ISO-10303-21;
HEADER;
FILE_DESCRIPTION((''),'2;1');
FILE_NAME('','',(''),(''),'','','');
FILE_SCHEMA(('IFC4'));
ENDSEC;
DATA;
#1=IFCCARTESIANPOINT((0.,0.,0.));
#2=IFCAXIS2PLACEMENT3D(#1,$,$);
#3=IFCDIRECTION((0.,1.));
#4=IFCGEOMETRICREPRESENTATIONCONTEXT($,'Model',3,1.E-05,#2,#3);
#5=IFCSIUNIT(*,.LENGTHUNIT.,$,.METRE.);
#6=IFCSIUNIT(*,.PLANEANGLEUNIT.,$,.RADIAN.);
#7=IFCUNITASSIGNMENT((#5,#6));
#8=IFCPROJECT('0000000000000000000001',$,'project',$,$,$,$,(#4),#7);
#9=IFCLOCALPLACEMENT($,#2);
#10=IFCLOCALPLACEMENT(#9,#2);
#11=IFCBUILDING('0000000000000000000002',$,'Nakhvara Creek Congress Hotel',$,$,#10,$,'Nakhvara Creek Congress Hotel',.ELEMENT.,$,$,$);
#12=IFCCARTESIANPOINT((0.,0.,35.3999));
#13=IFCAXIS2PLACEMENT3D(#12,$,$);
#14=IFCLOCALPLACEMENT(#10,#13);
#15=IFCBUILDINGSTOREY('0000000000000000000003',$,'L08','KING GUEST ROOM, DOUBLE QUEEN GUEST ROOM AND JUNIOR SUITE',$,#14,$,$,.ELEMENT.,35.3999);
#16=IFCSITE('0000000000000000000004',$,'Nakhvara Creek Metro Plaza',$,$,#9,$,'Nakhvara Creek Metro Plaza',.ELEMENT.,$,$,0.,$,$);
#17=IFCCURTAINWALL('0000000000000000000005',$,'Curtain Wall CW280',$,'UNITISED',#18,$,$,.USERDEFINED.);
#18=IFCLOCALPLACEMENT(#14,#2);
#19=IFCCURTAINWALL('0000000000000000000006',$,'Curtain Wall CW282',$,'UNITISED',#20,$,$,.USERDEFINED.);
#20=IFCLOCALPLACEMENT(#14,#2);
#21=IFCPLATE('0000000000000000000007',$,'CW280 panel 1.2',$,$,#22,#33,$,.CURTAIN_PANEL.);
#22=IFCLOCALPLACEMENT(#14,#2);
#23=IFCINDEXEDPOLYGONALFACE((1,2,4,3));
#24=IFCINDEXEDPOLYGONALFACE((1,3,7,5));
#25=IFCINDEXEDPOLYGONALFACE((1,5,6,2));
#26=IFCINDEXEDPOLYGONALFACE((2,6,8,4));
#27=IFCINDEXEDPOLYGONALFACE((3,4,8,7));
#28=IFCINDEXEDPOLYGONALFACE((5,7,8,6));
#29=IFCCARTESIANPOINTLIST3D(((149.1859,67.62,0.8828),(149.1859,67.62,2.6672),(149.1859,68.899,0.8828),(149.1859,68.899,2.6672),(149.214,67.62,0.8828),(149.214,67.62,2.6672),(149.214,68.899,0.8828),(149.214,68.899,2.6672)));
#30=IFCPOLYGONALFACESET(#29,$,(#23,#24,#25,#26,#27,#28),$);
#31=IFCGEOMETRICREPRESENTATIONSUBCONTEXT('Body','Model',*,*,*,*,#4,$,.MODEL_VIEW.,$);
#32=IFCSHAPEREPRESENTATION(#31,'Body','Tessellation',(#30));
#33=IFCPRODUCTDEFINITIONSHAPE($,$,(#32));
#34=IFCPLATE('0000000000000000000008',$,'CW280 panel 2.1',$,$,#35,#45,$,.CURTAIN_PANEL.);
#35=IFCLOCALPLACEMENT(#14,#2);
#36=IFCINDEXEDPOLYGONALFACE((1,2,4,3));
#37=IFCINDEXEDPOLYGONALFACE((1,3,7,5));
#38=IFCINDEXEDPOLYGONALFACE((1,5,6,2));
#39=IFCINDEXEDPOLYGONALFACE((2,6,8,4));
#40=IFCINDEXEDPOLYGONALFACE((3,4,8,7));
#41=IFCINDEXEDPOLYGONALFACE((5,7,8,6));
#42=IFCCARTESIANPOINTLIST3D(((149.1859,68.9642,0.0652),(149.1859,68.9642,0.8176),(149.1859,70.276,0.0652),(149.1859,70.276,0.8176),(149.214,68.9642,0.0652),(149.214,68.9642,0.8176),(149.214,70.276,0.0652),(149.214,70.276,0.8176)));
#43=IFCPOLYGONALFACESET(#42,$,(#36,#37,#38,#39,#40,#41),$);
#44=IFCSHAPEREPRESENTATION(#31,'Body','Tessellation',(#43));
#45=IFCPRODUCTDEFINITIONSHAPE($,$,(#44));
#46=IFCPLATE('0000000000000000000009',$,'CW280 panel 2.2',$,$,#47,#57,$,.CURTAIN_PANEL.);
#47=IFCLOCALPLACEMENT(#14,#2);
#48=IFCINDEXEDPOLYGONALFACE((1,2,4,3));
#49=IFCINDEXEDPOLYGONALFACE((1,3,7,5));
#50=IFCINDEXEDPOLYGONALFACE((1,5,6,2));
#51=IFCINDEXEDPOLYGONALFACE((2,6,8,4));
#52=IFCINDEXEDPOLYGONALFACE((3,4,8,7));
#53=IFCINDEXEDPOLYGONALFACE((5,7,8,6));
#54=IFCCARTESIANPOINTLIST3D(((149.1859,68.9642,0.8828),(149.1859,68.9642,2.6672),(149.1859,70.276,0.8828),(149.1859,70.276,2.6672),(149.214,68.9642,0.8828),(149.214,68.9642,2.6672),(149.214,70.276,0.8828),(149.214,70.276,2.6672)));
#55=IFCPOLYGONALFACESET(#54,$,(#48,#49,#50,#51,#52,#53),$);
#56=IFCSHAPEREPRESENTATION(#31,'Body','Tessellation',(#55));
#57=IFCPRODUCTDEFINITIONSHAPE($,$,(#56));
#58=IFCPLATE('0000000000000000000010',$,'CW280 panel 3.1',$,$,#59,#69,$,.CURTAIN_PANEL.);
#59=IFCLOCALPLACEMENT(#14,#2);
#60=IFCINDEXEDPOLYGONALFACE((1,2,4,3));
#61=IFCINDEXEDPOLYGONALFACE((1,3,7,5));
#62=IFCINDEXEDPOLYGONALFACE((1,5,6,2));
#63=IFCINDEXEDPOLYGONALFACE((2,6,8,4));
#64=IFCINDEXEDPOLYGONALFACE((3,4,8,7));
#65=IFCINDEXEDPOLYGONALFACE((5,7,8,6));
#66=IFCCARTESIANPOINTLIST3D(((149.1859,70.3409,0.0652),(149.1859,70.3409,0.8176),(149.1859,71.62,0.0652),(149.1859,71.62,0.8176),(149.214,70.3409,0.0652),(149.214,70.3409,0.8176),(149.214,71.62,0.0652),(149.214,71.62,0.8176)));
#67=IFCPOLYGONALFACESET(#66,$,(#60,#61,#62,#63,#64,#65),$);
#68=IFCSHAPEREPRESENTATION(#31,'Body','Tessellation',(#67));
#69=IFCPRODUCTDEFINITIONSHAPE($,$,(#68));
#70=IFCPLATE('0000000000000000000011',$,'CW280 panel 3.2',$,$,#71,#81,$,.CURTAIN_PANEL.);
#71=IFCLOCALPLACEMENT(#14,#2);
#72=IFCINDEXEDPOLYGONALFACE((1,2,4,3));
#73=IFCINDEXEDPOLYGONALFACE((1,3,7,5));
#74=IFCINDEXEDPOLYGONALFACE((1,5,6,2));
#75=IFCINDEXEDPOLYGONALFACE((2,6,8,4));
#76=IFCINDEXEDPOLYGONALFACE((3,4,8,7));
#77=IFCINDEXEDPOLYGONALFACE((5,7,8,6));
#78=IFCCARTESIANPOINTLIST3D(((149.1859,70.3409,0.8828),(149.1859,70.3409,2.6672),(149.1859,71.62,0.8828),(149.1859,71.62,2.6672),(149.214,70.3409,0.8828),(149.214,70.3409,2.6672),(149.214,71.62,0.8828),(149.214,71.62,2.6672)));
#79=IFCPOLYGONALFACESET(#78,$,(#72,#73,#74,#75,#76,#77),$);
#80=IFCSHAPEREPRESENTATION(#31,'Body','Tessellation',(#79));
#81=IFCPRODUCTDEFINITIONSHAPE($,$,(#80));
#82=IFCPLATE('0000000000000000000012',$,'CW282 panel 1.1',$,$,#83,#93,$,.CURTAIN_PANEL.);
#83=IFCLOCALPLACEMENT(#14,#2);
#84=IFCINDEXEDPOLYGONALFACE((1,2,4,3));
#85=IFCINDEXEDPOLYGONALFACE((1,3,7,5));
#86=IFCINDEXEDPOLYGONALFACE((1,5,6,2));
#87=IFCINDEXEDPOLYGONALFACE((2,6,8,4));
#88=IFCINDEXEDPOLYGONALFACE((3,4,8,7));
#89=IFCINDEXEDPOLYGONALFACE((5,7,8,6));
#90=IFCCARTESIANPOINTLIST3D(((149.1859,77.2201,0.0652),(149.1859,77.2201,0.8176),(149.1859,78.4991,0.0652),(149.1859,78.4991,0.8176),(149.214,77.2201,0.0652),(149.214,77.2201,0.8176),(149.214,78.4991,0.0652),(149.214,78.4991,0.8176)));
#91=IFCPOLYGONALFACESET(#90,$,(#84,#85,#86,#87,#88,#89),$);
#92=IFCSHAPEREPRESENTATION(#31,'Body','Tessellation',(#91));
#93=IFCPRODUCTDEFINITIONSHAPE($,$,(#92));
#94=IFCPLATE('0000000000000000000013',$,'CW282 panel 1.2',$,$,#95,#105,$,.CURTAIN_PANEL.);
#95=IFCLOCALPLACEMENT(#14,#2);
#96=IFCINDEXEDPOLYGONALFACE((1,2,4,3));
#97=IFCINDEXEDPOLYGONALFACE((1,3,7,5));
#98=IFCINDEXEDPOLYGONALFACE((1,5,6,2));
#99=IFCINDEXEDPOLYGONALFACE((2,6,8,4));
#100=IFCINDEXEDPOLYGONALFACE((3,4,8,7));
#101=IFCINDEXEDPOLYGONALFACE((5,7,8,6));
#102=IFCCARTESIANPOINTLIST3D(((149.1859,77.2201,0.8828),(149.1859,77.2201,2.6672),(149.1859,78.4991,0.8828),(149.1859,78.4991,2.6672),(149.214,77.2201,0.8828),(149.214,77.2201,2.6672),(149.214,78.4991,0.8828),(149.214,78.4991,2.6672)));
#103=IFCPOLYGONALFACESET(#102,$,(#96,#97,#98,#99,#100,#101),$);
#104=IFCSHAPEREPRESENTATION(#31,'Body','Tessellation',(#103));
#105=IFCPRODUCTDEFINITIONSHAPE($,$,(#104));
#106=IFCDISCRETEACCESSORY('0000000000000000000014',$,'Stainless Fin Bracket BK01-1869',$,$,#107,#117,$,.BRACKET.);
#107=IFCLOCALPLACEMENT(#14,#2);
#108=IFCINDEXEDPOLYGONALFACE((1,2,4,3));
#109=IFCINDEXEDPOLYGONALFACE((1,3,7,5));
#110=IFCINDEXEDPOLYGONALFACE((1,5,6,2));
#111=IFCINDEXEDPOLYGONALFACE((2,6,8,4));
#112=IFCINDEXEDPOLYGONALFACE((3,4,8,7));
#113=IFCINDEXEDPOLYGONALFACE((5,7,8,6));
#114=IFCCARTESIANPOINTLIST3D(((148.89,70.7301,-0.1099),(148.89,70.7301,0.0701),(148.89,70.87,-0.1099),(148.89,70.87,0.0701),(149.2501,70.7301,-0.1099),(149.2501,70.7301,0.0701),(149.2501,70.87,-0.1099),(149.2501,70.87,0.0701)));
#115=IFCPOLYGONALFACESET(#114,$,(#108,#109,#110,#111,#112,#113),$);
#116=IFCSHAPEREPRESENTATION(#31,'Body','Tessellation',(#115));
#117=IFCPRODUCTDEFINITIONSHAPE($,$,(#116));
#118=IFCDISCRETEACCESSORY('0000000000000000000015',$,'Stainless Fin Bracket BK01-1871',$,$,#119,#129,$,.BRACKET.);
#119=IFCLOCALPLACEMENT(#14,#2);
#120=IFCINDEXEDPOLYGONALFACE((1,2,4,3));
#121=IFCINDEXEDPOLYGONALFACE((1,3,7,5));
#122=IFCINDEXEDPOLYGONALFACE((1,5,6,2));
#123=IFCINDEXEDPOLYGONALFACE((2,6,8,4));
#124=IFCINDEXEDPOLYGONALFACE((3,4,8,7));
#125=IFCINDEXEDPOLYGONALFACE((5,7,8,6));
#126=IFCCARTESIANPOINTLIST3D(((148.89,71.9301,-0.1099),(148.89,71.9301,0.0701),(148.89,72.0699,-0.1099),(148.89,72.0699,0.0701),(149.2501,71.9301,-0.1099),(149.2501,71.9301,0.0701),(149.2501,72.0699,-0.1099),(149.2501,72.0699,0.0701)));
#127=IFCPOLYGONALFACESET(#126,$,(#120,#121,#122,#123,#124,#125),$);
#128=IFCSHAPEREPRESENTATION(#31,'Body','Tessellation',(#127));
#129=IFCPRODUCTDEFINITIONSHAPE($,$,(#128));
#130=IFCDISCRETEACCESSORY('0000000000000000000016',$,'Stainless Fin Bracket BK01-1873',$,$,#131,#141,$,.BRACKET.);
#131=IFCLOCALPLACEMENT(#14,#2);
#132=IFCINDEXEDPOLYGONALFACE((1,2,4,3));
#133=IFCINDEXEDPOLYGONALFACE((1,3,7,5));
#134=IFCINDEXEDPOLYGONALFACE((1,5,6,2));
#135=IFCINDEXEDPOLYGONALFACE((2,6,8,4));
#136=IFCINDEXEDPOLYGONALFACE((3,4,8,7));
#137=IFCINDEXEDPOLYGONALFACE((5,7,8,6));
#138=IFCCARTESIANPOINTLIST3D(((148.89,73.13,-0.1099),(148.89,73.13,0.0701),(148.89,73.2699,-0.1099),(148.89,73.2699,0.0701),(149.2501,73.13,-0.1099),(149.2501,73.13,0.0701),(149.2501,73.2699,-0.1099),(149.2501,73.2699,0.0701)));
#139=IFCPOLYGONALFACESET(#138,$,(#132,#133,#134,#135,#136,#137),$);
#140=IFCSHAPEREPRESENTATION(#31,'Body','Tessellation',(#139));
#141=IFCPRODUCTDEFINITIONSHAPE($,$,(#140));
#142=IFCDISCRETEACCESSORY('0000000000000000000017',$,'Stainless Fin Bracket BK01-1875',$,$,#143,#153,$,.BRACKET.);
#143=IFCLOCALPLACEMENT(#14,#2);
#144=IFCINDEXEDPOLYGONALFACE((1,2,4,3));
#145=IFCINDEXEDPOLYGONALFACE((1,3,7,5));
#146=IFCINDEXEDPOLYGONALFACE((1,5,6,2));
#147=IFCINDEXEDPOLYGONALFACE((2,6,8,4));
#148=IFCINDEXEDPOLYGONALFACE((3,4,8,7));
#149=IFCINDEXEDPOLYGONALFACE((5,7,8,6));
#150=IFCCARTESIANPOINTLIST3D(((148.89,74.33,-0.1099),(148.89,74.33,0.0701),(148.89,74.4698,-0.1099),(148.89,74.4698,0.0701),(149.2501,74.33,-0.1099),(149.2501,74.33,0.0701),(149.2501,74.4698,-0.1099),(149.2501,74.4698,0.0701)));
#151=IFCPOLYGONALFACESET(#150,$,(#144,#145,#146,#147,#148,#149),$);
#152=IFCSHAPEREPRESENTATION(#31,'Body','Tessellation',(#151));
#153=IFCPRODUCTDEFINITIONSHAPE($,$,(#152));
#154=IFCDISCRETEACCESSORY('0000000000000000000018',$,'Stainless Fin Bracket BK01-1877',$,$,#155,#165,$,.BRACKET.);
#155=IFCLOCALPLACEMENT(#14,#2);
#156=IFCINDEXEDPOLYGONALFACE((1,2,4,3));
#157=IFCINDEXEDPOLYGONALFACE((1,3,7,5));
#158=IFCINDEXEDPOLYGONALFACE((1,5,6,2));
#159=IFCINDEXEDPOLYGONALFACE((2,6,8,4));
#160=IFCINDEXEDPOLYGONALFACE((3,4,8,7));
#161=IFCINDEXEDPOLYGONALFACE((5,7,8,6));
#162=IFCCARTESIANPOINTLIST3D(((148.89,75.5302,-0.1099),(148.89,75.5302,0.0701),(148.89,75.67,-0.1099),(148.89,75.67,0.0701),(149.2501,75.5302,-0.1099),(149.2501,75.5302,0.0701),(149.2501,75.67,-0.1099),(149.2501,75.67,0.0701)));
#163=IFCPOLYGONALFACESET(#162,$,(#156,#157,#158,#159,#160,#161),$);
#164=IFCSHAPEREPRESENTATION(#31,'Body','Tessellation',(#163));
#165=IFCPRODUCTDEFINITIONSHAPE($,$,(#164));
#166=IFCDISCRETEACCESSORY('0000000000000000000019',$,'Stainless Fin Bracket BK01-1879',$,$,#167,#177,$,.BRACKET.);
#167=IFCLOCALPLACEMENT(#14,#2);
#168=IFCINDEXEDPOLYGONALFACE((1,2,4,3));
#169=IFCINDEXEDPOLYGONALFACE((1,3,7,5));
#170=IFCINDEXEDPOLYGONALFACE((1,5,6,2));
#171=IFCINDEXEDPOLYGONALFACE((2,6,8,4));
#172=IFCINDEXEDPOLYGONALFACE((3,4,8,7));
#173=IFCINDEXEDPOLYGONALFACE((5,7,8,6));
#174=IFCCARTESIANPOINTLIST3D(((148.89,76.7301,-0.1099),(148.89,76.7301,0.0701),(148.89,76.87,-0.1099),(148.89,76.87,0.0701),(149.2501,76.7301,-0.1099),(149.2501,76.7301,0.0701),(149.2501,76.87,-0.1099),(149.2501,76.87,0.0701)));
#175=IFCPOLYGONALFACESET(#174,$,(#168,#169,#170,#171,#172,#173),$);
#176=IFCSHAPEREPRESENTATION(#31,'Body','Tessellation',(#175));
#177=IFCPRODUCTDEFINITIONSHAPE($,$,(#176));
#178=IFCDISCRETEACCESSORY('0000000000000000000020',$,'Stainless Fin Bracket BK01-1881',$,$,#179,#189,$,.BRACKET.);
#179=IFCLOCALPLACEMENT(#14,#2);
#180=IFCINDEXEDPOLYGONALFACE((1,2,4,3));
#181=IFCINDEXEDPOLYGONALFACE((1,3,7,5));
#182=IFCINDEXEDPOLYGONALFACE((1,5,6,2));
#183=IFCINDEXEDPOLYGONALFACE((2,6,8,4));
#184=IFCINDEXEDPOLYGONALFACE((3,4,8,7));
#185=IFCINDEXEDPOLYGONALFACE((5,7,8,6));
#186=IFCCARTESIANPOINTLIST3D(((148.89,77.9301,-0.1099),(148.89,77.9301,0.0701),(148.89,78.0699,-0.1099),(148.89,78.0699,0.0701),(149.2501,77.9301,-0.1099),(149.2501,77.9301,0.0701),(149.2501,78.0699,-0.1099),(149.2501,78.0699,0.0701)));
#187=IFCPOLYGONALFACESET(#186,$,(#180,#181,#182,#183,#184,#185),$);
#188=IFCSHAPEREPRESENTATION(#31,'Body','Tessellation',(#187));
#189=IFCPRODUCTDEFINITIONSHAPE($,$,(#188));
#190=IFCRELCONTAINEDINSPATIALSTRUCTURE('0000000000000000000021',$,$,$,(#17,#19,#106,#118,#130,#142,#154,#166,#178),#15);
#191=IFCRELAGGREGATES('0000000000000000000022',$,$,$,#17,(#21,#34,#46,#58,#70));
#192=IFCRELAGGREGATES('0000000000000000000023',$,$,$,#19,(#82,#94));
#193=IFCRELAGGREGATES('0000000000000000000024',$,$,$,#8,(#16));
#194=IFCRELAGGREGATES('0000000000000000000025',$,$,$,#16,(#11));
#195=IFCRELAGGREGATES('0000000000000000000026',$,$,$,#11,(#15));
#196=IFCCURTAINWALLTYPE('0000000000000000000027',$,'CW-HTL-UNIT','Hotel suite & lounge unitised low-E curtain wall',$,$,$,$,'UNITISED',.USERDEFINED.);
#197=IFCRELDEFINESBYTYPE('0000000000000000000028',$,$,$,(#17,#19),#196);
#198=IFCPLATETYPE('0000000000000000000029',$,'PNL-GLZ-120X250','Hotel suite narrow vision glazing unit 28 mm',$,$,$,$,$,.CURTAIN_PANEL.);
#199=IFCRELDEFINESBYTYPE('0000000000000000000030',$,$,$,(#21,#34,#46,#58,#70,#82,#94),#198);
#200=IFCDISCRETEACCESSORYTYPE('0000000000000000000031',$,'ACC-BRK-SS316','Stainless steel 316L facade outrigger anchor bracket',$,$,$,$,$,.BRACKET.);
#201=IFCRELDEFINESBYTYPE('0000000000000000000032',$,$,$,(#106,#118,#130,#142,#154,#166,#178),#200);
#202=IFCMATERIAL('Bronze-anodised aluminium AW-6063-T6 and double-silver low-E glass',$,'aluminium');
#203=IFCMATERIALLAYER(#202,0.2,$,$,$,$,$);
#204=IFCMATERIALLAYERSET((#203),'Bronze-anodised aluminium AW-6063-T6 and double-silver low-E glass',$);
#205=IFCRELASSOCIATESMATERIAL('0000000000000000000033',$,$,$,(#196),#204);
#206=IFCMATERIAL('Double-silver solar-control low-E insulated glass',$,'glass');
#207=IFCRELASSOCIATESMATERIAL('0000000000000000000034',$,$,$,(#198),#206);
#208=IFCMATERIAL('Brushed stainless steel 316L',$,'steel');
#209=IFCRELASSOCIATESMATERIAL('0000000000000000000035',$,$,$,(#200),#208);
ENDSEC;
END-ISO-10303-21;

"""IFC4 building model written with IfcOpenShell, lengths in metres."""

from ifc_helpers import new_model, si_unit, direction, frame, origin, origin_2d, place, context, subcontext, project, spatial, rectangle, extrude, material, layer, layer_set, type_object, element, aggregate, save


model = new_model("IFC4")

# Units and contexts
model_context = context("Model", 3, precision=1e-05, world=origin(), true_north=direction((0.0, 1.0)))
body_context = subcontext(model_context, "Body", "Model", "MODEL_VIEW")
ifc_project = project(units=[si_unit("LENGTHUNIT", "METRE"), si_unit("PLANEANGLEUNIT", "RADIAN")], contexts=[model_context])

# Site, building, storey
site_placement = place(None, origin())
site = spatial("IfcSite", under=ifc_project, at=site_placement, Name="Nakhvara Creek Metro Plaza", LongName="Nakhvara Creek Metro Plaza", CompositionType="ELEMENT", RefElevation=0.0)
building_placement = place(site_placement, origin())
building = spatial("IfcBuilding", under=site, at=building_placement, Name="Nakhvara Creek Congress Hotel", LongName="Nakhvara Creek Congress Hotel", CompositionType="ELEMENT")
storey_placement = place(building_placement, frame((0.0, 0.0, 35.3999)))
storey = spatial("IfcBuildingStorey", under=building, at=storey_placement, Name="L08", Description="KING GUEST ROOM, DOUBLE QUEEN GUEST ROOM AND JUNIOR SUITE", CompositionType="ELEMENT", Elevation=35.3999)

# Shared definitions
ifc_material_1 = material(Name="Bronze-anodised aluminium AW-6063-T6 and double-silver low-E glass", Category="aluminium")
ifc_layer = layer(ifc_material_1, 0.2)
ifc_layer_set = layer_set([ifc_layer], Name="Bronze-anodised aluminium AW-6063-T6 and double-silver low-E glass")
curtain_wall_type = type_object("IfcCurtainWallType", Name="CW-HTL-UNIT", Description="Hotel suite & lounge unitised low-E curtain wall", ElementType="UNITISED", PredefinedType="USERDEFINED", material=ifc_layer_set)

# Curtain walls
curtain_wall_1_placement = place(storey_placement, origin())
curtain_wall_1 = element("IfcCurtainWall", 1, at=curtain_wall_1_placement, inside=storey, type_object=curtain_wall_type, Name="Curtain Wall CW280", ObjectType="UNITISED", PredefinedType="USERDEFINED")
curtain_wall_2_placement = place(storey_placement, origin())
curtain_wall_2 = element("IfcCurtainWall", 2, at=curtain_wall_2_placement, inside=storey, type_object=curtain_wall_type, Name="Curtain Wall CW282", ObjectType="UNITISED", PredefinedType="USERDEFINED")

# Plates
ifc_material_2 = material(Name="Double-silver solar-control low-E insulated glass", Category="glass")
plate_type = type_object("IfcPlateType", Name="PNL-GLZ-120X250", Description="Hotel suite narrow vision glazing unit 28 mm", PredefinedType="CURTAIN_PANEL", material=ifc_material_2)
plate_1_placement = place(storey_placement, frame((149.2, 68.2595, 0.8828), z_axis=(0.0, 0.0, 1.0), x_axis=(0.0, 1.0, 0.0)))
plate_1 = element("IfcPlate", 3, at=plate_1_placement, type_object=plate_type, Name="CW280 panel 1.2", PredefinedType="CURTAIN_PANEL", context=body_context, shape_type="SweptSolid", body=[
    extrude(rectangle(XDim=1.2791, YDim=0.0281, at=origin_2d()), origin(), (0.0, 0.0, 1.0), 1.7844),
])
plate_2_placement = place(storey_placement, frame((149.2, 69.6201, 0.0652), z_axis=(0.0, 0.0, 1.0), x_axis=(0.0, 1.0, 0.0)))
plate_2 = element("IfcPlate", 4, at=plate_2_placement, type_object=plate_type, Name="CW280 panel 2.1", PredefinedType="CURTAIN_PANEL", context=body_context, shape_type="SweptSolid", body=[
    extrude(rectangle(XDim=1.3118, YDim=0.0281, at=origin_2d()), origin(), (0.0, 0.0, 1.0), 0.7524),
])
plate_3_placement = place(storey_placement, frame((149.2, 69.6201, 0.8828), z_axis=(0.0, 0.0, 1.0), x_axis=(0.0, 1.0, 0.0)))
plate_3 = element("IfcPlate", 5, at=plate_3_placement, type_object=plate_type, Name="CW280 panel 2.2", PredefinedType="CURTAIN_PANEL", context=body_context, shape_type="SweptSolid", body=[
    extrude(rectangle(XDim=1.3118, YDim=0.0281, at=origin_2d()), origin(), (0.0, 0.0, 1.0), 1.7844),
])
plate_4_placement = place(storey_placement, frame((149.2, 70.9805, 0.0652), z_axis=(0.0, 0.0, 1.0), x_axis=(0.0, 1.0, 0.0)))
plate_4 = element("IfcPlate", 6, at=plate_4_placement, type_object=plate_type, Name="CW280 panel 3.1", PredefinedType="CURTAIN_PANEL", context=body_context, shape_type="SweptSolid", body=[
    extrude(rectangle(XDim=1.2791, YDim=0.0281, at=origin_2d()), origin(), (0.0, 0.0, 1.0), 0.7524),
])
plate_5_placement = place(storey_placement, frame((149.2, 70.9805, 0.8828), z_axis=(0.0, 0.0, 1.0), x_axis=(0.0, 1.0, 0.0)))
plate_5 = element("IfcPlate", 7, at=plate_5_placement, type_object=plate_type, Name="CW280 panel 3.2", PredefinedType="CURTAIN_PANEL", context=body_context, shape_type="SweptSolid", body=[
    extrude(rectangle(XDim=1.2791, YDim=0.0281, at=origin_2d()), origin(), (0.0, 0.0, 1.0), 1.7844),
])
aggregate(curtain_wall_1, [plate_1, plate_2, plate_3, plate_4, plate_5])
plate_6_placement = place(storey_placement, frame((149.2, 77.8596, 0.0652), z_axis=(0.0, 0.0, 1.0), x_axis=(0.0, 1.0, 0.0)))
plate_6 = element("IfcPlate", 8, at=plate_6_placement, type_object=plate_type, Name="CW282 panel 1.1", PredefinedType="CURTAIN_PANEL", context=body_context, shape_type="SweptSolid", body=[
    extrude(rectangle(XDim=1.2791, YDim=0.0281, at=origin_2d()), origin(), (0.0, 0.0, 1.0), 0.7524),
])
plate_7_placement = place(storey_placement, frame((149.2, 77.8596, 0.8828), z_axis=(0.0, 0.0, 1.0), x_axis=(0.0, 1.0, 0.0)))
plate_7 = element("IfcPlate", 9, at=plate_7_placement, type_object=plate_type, Name="CW282 panel 1.2", PredefinedType="CURTAIN_PANEL", context=body_context, shape_type="SweptSolid", body=[
    extrude(rectangle(XDim=1.2791, YDim=0.0281, at=origin_2d()), origin(), (0.0, 0.0, 1.0), 1.7844),
])
aggregate(curtain_wall_2, [plate_6, plate_7])

# Discrete accessories
ifc_material_3 = material(Name="Brushed stainless steel 316L", Category="steel")
discrete_accessory_type = type_object("IfcDiscreteAccessoryType", Name="ACC-BRK-SS316", Description="Stainless steel 316L facade outrigger anchor bracket", PredefinedType="BRACKET", material=ifc_material_3)
for number, where, z_axis, x_axis, name in (
    (10, (149.0701, 70.8, -0.1099), (0.0, 0.0, 1.0), (0.0, 1.0, 0.0), "Stainless Fin Bracket BK01-1869"),
    (11, (149.0701, 72.0, -0.1099), (0.0, 0.0, 1.0), (0.0, 1.0, 0.0), "Stainless Fin Bracket BK01-1871"),
    (12, (149.0701, 73.2, -0.1099), (0.0, 0.0, 1.0), (0.0, 1.0, 0.0), "Stainless Fin Bracket BK01-1873"),
    (13, (149.0701, 74.3999, -0.1099), (0.0, 0.0, 1.0), (0.0, 1.0, 0.0), "Stainless Fin Bracket BK01-1875"),
    (14, (149.0701, 75.6001, -0.1099), (0.0, 0.0, 1.0), (0.0, 1.0, 0.0), "Stainless Fin Bracket BK01-1877"),
    (15, (149.0701, 76.8, -0.1099), (0.0, 0.0, 1.0), (0.0, 1.0, 0.0), "Stainless Fin Bracket BK01-1879"),
    (16, (149.0701, 78.0, -0.1099), (0.0, 0.0, 1.0), (0.0, 1.0, 0.0), "Stainless Fin Bracket BK01-1881"),
):
    element("IfcDiscreteAccessory", number, at=place(storey_placement, frame(where, z_axis=z_axis, x_axis=x_axis)), inside=storey, type_object=discrete_accessory_type, Name=name, PredefinedType="BRACKET", context=body_context, shape_type="SweptSolid", body=[
        extrude(rectangle(XDim=0.1399, YDim=0.3601, at=origin_2d()), origin(), (0.0, 0.0, 1.0), 0.1799),
    ])

save(model, "model.ifc")
